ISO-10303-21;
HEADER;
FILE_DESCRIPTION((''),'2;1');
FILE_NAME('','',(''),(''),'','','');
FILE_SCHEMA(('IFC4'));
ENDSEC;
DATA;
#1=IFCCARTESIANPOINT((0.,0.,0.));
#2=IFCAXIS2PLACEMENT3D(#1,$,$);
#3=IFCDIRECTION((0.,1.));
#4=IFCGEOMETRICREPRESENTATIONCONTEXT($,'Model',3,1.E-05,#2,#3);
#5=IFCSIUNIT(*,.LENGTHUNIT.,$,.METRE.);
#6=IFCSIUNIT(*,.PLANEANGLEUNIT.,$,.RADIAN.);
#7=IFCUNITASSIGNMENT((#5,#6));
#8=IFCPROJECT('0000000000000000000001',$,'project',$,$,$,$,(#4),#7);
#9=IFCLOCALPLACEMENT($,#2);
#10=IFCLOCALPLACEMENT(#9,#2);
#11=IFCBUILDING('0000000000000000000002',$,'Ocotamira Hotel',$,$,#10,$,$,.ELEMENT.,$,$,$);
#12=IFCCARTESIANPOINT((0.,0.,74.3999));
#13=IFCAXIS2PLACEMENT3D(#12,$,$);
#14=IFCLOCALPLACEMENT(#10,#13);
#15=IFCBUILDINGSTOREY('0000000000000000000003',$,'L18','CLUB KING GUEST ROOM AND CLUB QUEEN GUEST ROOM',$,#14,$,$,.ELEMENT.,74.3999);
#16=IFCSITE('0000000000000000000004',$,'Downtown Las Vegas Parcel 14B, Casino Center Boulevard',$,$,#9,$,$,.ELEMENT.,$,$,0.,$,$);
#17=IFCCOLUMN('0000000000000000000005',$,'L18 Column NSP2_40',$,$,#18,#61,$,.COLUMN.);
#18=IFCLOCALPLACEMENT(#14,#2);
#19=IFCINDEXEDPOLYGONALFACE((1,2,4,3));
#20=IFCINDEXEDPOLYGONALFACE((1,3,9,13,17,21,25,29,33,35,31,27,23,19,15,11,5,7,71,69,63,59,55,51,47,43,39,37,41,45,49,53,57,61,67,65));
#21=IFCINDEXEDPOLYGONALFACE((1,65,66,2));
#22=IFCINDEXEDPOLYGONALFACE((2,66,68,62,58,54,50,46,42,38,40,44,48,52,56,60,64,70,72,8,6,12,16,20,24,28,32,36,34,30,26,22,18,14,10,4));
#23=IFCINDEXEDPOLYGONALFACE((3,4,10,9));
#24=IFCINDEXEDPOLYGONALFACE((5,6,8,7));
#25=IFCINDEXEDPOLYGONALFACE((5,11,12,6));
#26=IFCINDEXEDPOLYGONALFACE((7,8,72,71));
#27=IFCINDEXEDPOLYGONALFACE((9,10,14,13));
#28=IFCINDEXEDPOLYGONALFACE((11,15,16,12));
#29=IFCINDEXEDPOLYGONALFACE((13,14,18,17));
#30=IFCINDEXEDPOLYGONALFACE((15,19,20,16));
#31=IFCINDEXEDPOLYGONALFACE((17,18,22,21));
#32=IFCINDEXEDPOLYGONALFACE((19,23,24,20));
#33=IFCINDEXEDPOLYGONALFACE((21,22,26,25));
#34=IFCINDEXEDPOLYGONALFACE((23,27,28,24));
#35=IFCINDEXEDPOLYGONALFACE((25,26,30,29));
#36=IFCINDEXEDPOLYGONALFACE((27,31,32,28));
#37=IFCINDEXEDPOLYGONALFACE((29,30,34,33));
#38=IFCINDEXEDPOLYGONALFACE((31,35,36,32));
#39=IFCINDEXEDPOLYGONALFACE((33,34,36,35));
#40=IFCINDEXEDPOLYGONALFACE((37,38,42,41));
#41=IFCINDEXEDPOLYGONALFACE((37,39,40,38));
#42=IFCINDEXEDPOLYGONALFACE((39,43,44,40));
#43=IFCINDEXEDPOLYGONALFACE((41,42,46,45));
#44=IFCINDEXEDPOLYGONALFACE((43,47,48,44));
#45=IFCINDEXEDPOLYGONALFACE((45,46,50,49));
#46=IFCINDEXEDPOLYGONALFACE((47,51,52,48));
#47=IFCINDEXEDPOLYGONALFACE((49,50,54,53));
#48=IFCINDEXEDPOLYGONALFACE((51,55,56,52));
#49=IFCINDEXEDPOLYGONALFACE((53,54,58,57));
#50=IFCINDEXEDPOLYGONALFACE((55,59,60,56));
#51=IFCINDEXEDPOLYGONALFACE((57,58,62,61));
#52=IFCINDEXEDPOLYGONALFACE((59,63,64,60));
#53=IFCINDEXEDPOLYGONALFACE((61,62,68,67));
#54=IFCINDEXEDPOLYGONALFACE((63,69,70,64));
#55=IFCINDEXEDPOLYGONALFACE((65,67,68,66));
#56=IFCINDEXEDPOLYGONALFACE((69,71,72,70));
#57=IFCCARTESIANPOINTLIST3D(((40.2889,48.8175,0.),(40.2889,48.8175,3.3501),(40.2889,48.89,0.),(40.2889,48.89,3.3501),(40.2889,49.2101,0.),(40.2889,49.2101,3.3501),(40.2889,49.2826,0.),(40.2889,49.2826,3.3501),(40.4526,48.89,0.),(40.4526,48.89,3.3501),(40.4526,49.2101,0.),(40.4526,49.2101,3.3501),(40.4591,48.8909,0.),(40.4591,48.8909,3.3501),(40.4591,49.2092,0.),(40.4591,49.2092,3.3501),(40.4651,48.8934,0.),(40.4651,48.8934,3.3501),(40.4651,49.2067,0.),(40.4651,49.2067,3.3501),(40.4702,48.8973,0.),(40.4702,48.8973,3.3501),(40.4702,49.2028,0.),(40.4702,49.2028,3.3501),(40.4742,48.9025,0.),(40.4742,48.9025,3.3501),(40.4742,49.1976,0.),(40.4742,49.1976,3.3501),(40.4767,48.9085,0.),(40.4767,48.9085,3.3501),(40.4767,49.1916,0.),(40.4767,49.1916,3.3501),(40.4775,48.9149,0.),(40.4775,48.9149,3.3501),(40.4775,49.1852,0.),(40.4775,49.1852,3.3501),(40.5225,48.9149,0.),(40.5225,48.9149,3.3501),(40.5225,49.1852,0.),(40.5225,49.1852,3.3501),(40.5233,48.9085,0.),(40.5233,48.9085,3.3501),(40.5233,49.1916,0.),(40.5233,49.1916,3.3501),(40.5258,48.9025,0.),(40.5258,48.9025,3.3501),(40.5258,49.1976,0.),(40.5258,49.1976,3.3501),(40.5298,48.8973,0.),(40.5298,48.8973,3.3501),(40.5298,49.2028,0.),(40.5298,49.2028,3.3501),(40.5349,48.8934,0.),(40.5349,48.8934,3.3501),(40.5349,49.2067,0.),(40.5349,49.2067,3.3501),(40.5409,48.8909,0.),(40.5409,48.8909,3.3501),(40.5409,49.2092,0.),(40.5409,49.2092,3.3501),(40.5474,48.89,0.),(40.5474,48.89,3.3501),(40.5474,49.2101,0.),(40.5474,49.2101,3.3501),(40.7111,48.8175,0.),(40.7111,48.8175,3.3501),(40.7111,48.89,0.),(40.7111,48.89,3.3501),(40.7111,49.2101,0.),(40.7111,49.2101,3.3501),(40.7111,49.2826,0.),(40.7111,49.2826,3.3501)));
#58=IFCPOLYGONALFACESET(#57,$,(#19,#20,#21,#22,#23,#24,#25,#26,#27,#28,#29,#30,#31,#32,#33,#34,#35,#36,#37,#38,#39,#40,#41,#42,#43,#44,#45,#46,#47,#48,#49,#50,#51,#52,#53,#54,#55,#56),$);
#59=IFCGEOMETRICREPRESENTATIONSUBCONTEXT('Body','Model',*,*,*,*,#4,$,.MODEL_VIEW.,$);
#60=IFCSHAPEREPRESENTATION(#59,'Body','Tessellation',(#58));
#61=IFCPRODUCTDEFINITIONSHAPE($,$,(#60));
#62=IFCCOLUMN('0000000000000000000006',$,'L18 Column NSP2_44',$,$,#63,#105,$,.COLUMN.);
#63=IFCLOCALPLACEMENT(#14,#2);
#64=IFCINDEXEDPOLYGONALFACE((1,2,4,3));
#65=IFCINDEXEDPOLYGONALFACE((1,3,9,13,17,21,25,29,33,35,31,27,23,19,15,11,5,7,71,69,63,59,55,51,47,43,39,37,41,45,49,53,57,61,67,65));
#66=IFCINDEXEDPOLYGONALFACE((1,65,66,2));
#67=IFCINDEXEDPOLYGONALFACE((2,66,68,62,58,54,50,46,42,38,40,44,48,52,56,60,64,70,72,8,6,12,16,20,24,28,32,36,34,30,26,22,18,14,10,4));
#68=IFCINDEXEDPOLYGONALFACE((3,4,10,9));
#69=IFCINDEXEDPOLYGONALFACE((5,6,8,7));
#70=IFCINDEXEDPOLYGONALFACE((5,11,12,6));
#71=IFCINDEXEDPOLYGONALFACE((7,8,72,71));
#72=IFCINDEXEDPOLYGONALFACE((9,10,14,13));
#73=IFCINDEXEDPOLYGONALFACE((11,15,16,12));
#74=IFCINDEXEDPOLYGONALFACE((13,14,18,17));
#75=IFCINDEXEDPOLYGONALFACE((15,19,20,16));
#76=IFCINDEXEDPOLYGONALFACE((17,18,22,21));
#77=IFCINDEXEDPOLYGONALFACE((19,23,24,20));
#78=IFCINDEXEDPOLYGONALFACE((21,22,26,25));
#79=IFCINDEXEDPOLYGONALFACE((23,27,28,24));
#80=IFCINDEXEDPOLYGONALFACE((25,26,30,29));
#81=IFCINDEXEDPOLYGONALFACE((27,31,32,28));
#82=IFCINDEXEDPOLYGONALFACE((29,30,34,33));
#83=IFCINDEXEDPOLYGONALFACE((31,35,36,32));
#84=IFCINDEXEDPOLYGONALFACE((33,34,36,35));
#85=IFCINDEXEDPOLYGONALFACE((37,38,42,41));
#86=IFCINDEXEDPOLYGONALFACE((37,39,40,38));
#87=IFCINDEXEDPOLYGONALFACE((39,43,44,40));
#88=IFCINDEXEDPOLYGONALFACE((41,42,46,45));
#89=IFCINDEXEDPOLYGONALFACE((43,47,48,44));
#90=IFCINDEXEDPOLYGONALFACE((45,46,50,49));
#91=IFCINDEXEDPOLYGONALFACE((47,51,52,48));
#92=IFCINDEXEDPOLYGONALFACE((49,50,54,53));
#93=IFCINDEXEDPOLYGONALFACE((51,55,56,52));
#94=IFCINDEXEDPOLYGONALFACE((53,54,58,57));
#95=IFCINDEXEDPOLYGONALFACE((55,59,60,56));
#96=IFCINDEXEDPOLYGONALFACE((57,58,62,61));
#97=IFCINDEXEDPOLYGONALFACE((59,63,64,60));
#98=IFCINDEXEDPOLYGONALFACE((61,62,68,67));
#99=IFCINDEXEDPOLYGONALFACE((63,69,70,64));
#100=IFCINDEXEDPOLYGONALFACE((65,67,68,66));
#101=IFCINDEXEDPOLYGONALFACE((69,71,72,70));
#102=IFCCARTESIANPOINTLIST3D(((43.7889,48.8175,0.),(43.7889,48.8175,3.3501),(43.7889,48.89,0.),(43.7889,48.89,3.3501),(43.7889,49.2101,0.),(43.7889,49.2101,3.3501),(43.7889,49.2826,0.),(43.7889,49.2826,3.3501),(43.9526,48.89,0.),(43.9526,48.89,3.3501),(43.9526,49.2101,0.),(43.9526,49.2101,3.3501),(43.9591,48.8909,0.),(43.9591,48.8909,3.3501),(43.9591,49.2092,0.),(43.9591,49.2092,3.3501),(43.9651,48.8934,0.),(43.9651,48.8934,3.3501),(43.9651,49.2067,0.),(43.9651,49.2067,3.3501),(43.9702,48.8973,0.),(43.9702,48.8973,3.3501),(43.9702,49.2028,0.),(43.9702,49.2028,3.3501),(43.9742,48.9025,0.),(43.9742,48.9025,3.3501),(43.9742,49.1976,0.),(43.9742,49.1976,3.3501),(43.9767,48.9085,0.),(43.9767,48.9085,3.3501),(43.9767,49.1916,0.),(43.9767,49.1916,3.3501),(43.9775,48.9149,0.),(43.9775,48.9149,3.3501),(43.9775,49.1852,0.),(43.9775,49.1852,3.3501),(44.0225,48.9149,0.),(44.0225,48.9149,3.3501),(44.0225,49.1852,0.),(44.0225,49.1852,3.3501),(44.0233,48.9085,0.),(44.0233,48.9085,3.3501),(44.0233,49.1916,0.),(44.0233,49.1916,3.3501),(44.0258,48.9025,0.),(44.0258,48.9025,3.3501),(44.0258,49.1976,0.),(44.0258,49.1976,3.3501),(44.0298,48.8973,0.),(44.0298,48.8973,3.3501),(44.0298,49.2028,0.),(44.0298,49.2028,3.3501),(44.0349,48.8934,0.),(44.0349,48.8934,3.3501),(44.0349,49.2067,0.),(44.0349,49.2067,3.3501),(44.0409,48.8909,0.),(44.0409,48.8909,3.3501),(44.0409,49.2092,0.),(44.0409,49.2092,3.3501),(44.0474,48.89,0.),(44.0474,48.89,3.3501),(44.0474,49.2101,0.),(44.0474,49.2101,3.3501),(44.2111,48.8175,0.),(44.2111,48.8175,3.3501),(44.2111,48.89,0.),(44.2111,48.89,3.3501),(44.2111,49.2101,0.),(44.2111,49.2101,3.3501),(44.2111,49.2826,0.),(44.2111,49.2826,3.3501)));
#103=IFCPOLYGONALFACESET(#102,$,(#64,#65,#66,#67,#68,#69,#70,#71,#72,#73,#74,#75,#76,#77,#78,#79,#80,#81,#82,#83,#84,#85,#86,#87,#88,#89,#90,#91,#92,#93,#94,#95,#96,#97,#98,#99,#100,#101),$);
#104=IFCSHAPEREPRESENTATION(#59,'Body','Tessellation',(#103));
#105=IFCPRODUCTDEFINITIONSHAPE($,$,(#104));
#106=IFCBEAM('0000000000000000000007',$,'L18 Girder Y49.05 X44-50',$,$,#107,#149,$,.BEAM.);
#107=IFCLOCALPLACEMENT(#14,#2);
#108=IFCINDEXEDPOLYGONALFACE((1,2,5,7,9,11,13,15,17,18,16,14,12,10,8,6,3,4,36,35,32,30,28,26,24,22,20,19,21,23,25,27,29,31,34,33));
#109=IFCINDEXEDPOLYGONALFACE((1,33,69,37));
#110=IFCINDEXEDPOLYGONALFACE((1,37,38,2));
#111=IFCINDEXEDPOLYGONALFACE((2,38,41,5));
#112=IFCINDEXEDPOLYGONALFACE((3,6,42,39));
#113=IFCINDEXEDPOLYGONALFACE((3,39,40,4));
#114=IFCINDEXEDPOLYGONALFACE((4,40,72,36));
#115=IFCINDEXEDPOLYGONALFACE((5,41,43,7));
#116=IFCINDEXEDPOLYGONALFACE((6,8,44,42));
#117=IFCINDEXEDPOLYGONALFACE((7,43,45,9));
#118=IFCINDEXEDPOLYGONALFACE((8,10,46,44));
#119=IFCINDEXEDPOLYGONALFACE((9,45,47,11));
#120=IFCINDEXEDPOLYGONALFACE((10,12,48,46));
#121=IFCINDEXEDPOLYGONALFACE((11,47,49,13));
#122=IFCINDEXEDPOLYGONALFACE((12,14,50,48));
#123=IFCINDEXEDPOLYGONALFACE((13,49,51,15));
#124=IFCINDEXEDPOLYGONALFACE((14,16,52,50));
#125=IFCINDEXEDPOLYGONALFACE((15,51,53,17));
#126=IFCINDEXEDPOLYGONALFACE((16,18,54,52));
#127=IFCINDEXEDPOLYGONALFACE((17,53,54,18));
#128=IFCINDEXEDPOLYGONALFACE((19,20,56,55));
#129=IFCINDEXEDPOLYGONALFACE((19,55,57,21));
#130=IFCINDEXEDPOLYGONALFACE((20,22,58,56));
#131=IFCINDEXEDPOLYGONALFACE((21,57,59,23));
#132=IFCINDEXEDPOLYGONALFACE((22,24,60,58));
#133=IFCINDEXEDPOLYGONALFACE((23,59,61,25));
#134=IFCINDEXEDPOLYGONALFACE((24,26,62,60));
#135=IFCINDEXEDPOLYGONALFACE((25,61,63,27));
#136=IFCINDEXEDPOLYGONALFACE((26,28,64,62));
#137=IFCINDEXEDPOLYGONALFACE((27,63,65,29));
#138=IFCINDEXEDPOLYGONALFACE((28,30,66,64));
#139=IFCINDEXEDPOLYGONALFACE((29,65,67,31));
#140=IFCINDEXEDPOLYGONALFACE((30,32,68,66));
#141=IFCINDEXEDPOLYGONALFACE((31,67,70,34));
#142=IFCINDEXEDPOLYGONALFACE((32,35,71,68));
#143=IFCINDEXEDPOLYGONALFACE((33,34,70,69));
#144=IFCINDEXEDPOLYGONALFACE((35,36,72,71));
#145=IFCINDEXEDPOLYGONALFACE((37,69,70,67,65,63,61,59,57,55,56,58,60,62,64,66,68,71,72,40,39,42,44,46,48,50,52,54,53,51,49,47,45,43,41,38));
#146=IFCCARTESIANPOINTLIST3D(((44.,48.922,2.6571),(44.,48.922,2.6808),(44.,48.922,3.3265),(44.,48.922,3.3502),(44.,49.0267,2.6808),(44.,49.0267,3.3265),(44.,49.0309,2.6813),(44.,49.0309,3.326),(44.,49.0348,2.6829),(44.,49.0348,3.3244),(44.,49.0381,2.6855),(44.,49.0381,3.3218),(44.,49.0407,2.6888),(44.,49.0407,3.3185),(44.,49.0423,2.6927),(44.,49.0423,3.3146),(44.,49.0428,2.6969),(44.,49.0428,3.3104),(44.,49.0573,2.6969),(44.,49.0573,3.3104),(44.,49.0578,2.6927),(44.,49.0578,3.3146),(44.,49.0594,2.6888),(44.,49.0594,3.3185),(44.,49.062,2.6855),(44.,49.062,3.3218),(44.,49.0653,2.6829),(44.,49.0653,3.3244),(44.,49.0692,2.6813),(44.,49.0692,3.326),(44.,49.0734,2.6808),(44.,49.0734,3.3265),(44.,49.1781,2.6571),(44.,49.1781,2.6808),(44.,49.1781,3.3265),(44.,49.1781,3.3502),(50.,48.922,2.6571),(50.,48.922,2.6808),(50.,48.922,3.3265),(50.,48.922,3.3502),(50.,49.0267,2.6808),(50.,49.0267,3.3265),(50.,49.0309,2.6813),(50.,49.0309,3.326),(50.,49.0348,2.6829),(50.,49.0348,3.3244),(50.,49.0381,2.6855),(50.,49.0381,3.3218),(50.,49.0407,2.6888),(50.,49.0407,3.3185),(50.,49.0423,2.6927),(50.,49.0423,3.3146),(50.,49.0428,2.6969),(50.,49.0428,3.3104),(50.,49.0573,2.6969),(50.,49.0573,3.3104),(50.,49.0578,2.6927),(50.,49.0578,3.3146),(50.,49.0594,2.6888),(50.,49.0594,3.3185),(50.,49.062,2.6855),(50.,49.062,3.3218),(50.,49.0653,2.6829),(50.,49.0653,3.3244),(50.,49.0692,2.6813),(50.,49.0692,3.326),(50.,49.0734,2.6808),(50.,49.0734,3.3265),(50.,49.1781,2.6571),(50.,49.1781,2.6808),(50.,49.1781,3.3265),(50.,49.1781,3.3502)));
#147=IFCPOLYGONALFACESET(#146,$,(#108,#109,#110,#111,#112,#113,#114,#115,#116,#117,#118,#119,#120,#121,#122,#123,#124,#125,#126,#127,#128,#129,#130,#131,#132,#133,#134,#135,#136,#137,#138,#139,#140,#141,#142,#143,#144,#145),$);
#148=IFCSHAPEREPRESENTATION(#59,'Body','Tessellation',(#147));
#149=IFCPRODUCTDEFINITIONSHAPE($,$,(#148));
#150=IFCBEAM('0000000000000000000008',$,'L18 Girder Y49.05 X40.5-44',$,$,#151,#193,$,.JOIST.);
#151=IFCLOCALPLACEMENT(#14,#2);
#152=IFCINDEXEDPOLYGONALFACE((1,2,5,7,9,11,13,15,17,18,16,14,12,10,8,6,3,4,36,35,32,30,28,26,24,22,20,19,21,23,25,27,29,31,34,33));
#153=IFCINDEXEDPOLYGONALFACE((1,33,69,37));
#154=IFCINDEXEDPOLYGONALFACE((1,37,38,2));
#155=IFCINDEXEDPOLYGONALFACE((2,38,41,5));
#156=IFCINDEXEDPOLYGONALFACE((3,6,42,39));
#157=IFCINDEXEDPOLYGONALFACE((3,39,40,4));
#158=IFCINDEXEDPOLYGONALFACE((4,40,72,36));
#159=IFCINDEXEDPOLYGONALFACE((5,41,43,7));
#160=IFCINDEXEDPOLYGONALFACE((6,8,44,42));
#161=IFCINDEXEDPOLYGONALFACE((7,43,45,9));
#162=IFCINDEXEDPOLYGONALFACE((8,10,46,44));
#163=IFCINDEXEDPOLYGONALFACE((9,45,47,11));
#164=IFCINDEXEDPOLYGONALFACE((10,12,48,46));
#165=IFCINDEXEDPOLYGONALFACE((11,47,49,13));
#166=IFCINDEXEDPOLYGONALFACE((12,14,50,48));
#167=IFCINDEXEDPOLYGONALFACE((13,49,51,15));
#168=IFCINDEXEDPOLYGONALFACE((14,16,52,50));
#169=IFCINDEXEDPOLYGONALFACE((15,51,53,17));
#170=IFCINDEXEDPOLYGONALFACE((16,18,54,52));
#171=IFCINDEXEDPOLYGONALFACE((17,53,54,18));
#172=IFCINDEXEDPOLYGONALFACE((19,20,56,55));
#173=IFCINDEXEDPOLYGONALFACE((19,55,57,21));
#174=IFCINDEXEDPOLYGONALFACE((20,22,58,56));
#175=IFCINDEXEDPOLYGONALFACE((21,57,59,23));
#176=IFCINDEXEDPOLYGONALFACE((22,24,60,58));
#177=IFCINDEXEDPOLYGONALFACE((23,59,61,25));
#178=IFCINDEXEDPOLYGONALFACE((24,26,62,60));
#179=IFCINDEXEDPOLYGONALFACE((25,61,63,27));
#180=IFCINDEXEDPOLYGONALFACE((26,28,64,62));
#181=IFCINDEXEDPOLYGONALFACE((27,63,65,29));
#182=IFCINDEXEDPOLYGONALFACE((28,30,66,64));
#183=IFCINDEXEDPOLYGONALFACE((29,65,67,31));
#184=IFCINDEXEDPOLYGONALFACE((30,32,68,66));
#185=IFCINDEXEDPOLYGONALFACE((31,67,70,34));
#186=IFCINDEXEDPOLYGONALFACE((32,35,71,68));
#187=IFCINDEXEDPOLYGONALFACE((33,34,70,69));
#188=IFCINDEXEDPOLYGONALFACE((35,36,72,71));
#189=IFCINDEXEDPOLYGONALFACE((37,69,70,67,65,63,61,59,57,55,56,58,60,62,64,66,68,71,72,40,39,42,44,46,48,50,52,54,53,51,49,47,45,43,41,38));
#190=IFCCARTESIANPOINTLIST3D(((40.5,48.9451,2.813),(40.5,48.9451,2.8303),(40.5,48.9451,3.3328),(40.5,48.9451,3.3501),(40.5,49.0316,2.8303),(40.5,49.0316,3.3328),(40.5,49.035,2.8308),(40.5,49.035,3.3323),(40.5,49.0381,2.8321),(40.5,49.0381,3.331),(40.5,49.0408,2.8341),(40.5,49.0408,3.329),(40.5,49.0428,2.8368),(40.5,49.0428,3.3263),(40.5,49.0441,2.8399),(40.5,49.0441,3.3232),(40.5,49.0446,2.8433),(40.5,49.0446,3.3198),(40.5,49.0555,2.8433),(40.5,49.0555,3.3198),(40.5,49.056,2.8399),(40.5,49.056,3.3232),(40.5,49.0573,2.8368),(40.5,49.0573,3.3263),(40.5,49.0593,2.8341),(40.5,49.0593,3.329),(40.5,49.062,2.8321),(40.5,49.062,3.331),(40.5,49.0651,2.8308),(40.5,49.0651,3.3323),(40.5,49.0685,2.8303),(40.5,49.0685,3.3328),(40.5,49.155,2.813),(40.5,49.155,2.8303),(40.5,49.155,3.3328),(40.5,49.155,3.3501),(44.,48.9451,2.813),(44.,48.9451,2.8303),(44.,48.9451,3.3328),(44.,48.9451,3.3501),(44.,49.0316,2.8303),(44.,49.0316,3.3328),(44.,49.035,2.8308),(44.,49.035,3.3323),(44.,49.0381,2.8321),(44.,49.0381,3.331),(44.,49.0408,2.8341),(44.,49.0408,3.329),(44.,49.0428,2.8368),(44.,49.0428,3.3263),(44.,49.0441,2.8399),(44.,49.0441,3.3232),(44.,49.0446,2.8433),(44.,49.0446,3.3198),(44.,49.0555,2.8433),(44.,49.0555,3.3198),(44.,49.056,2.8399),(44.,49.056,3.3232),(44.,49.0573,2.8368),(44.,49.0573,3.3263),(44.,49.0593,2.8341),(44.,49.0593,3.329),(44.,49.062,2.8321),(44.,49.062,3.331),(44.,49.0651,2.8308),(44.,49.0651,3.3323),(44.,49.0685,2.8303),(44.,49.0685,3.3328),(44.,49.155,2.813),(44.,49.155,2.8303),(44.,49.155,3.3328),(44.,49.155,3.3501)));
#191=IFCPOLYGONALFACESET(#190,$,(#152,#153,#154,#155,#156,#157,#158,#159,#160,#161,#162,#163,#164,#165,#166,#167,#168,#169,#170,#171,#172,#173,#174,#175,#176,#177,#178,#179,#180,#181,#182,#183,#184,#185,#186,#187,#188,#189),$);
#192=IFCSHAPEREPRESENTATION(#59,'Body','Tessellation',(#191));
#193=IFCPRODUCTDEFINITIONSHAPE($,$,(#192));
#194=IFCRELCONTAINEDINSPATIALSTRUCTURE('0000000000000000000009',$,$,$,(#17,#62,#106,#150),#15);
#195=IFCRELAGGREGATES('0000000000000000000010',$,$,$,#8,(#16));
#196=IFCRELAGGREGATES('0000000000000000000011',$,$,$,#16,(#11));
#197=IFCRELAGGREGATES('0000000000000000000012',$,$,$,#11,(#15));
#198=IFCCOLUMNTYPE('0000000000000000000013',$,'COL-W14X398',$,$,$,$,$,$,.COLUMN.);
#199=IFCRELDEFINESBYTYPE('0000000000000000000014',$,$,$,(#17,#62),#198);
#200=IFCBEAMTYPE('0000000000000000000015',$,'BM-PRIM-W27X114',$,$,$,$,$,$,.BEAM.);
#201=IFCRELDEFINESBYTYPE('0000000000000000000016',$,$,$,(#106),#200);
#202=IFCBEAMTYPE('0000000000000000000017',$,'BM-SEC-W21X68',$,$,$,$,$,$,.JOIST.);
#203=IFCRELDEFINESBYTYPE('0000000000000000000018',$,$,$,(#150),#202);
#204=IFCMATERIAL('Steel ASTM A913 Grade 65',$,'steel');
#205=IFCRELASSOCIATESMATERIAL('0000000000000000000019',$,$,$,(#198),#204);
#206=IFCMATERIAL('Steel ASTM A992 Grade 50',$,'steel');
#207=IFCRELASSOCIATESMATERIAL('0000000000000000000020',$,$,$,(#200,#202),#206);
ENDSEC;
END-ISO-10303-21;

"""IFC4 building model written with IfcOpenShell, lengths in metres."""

from ifc_helpers import new_model, si_unit, direction, frame, origin, origin_2d, place, context, subcontext, project, spatial, i_section, extrude, source, transform, mapped, material, material_profile, profile_set, type_object, element, save


model = new_model("IFC4")

# Units and contexts
model_context = context("Model", 3, precision=1e-05, world=origin(), true_north=direction((0.0, 1.0)))
body_context = subcontext(model_context, "Body", "Model", "MODEL_VIEW")
ifc_project = project(units=[si_unit("LENGTHUNIT", "METRE"), si_unit("PLANEANGLEUNIT", "RADIAN")], contexts=[model_context])

# Site, building, storey
site_placement = place(None, origin())
site = spatial("IfcSite", under=ifc_project, at=site_placement, Name="Downtown Las Vegas Parcel 14B, Casino Center Boulevard", CompositionType="ELEMENT", RefElevation=0.0)
building_placement = place(site_placement, origin())
building = spatial("IfcBuilding", under=site, at=building_placement, Name="Ocotamira Hotel", CompositionType="ELEMENT")
storey_placement = place(building_placement, frame((0.0, 0.0, 74.3999)))
storey = spatial("IfcBuildingStorey", under=building, at=storey_placement, Name="L18", Description="CLUB KING GUEST ROOM AND CLUB QUEEN GUEST ROOM", CompositionType="ELEMENT", Elevation=74.3999)

# Columns
ifc_material_1 = material(Name="Steel ASTM A913 Grade 65", Category="steel")
ifc_material_profile_1 = material_profile(ifc_material_1, i_section(OverallWidth=0.4221, OverallDepth=0.4651, WebThickness=0.0449, FlangeThickness=0.0725, FilletRadius=0.0249, at=origin_2d()), Name="W14X398")
ifc_profile_set_1 = profile_set([ifc_material_profile_1], Name="Steel ASTM A913 Grade 65")
column_type = type_object("IfcColumnType", Name="COL-W14X398", PredefinedType="COLUMN", material=ifc_profile_set_1)
shared_shape_1 = source(origin(), body_context, "Body", "SweptSolid", [
    extrude(i_section(OverallWidth=0.4221, OverallDepth=0.4651, WebThickness=0.0449, FlangeThickness=0.0725, FilletRadius=0.0249, at=origin_2d()), origin(), (0.0, 0.0, 1.0), 3.3501),
])
for number, where, z_axis, x_axis, name in (
    (1, (40.5, 49.05, 0.0), (0.0, 0.0, 1.0), (1.0, 0.0, 0.0), "L18 Column NSP2_40"),
    (2, (44.0, 49.05, 0.0), (0.0, 0.0, 1.0), (1.0, 0.0, 0.0), "L18 Column NSP2_44"),
):
    element("IfcColumn", number, at=place(storey_placement, frame(where, z_axis=z_axis, x_axis=x_axis)), inside=storey, type_object=column_type, Name=name, PredefinedType="COLUMN", context=body_context, shape_type="MappedRepresentation", body=[
        mapped(shared_shape_1, transform((0.0, 0.0, 0.0), scale=1.0)),
    ])

# Beams
ifc_material_2 = material(Name="Steel ASTM A992 Grade 50", Category="steel")
ifc_material_profile_2 = material_profile(ifc_material_2, i_section(OverallWidth=0.2561, OverallDepth=0.6931, WebThickness=0.0144, FlangeThickness=0.0237, FilletRadius=0.0161, at=origin_2d()), Name="W27X114")
ifc_profile_set_2 = profile_set([ifc_material_profile_2], Name="Steel ASTM A992 Grade 50")
beam_type_1 = type_object("IfcBeamType", Name="BM-PRIM-W27X114", PredefinedType="BEAM", material=ifc_profile_set_2)
shared_shape_2 = source(origin(), body_context, "Body", "SweptSolid", [
    extrude(i_section(OverallWidth=0.2561, OverallDepth=0.6931, WebThickness=0.0144, FlangeThickness=0.0237, FilletRadius=0.0161, at=origin_2d()), origin(), (0.0, 0.0, 1.0), 6.0),
])
beam_1_placement = place(storey_placement, frame((44.0, 49.05, 3.0037), z_axis=(1.0, 0.0, 0.0), x_axis=(0.0, 1.0, 0.0)))
element("IfcBeam", 3, at=beam_1_placement, inside=storey, type_object=beam_type_1, Name="L18 Girder Y49.05 X44-50", PredefinedType="BEAM", context=body_context, shape_type="MappedRepresentation", body=[
    mapped(shared_shape_2, transform((0.0, 0.0, 0.0), scale=1.0)),
])
ifc_material_profile_3 = material_profile(ifc_material_2, i_section(OverallWidth=0.21, OverallDepth=0.5371, WebThickness=0.011, FlangeThickness=0.0173, FilletRadius=0.0129, at=origin_2d()), Name="W21X68")
ifc_profile_set_3 = profile_set([ifc_material_profile_3], Name="Steel ASTM A992 Grade 50")
beam_type_2 = type_object("IfcBeamType", Name="BM-SEC-W21X68", PredefinedType="JOIST", material=ifc_profile_set_3)
shared_shape_3 = source(origin(), body_context, "Body", "SweptSolid", [
    extrude(i_section(OverallWidth=0.21, OverallDepth=0.5371, WebThickness=0.011, FlangeThickness=0.0173, FilletRadius=0.0129, at=origin_2d()), origin(), (0.0, 0.0, 1.0), 3.5),
])
beam_2_placement = place(storey_placement, frame((40.5, 49.05, 3.0815), z_axis=(1.0, 0.0, 0.0), x_axis=(0.0, 1.0, 0.0)))
element("IfcBeam", 4, at=beam_2_placement, inside=storey, type_object=beam_type_2, Name="L18 Girder Y49.05 X40.5-44", PredefinedType="JOIST", context=body_context, shape_type="MappedRepresentation", body=[
    mapped(shared_shape_3, transform((0.0, 0.0, 0.0), scale=1.0)),
])

save(model, "model.ifc")
